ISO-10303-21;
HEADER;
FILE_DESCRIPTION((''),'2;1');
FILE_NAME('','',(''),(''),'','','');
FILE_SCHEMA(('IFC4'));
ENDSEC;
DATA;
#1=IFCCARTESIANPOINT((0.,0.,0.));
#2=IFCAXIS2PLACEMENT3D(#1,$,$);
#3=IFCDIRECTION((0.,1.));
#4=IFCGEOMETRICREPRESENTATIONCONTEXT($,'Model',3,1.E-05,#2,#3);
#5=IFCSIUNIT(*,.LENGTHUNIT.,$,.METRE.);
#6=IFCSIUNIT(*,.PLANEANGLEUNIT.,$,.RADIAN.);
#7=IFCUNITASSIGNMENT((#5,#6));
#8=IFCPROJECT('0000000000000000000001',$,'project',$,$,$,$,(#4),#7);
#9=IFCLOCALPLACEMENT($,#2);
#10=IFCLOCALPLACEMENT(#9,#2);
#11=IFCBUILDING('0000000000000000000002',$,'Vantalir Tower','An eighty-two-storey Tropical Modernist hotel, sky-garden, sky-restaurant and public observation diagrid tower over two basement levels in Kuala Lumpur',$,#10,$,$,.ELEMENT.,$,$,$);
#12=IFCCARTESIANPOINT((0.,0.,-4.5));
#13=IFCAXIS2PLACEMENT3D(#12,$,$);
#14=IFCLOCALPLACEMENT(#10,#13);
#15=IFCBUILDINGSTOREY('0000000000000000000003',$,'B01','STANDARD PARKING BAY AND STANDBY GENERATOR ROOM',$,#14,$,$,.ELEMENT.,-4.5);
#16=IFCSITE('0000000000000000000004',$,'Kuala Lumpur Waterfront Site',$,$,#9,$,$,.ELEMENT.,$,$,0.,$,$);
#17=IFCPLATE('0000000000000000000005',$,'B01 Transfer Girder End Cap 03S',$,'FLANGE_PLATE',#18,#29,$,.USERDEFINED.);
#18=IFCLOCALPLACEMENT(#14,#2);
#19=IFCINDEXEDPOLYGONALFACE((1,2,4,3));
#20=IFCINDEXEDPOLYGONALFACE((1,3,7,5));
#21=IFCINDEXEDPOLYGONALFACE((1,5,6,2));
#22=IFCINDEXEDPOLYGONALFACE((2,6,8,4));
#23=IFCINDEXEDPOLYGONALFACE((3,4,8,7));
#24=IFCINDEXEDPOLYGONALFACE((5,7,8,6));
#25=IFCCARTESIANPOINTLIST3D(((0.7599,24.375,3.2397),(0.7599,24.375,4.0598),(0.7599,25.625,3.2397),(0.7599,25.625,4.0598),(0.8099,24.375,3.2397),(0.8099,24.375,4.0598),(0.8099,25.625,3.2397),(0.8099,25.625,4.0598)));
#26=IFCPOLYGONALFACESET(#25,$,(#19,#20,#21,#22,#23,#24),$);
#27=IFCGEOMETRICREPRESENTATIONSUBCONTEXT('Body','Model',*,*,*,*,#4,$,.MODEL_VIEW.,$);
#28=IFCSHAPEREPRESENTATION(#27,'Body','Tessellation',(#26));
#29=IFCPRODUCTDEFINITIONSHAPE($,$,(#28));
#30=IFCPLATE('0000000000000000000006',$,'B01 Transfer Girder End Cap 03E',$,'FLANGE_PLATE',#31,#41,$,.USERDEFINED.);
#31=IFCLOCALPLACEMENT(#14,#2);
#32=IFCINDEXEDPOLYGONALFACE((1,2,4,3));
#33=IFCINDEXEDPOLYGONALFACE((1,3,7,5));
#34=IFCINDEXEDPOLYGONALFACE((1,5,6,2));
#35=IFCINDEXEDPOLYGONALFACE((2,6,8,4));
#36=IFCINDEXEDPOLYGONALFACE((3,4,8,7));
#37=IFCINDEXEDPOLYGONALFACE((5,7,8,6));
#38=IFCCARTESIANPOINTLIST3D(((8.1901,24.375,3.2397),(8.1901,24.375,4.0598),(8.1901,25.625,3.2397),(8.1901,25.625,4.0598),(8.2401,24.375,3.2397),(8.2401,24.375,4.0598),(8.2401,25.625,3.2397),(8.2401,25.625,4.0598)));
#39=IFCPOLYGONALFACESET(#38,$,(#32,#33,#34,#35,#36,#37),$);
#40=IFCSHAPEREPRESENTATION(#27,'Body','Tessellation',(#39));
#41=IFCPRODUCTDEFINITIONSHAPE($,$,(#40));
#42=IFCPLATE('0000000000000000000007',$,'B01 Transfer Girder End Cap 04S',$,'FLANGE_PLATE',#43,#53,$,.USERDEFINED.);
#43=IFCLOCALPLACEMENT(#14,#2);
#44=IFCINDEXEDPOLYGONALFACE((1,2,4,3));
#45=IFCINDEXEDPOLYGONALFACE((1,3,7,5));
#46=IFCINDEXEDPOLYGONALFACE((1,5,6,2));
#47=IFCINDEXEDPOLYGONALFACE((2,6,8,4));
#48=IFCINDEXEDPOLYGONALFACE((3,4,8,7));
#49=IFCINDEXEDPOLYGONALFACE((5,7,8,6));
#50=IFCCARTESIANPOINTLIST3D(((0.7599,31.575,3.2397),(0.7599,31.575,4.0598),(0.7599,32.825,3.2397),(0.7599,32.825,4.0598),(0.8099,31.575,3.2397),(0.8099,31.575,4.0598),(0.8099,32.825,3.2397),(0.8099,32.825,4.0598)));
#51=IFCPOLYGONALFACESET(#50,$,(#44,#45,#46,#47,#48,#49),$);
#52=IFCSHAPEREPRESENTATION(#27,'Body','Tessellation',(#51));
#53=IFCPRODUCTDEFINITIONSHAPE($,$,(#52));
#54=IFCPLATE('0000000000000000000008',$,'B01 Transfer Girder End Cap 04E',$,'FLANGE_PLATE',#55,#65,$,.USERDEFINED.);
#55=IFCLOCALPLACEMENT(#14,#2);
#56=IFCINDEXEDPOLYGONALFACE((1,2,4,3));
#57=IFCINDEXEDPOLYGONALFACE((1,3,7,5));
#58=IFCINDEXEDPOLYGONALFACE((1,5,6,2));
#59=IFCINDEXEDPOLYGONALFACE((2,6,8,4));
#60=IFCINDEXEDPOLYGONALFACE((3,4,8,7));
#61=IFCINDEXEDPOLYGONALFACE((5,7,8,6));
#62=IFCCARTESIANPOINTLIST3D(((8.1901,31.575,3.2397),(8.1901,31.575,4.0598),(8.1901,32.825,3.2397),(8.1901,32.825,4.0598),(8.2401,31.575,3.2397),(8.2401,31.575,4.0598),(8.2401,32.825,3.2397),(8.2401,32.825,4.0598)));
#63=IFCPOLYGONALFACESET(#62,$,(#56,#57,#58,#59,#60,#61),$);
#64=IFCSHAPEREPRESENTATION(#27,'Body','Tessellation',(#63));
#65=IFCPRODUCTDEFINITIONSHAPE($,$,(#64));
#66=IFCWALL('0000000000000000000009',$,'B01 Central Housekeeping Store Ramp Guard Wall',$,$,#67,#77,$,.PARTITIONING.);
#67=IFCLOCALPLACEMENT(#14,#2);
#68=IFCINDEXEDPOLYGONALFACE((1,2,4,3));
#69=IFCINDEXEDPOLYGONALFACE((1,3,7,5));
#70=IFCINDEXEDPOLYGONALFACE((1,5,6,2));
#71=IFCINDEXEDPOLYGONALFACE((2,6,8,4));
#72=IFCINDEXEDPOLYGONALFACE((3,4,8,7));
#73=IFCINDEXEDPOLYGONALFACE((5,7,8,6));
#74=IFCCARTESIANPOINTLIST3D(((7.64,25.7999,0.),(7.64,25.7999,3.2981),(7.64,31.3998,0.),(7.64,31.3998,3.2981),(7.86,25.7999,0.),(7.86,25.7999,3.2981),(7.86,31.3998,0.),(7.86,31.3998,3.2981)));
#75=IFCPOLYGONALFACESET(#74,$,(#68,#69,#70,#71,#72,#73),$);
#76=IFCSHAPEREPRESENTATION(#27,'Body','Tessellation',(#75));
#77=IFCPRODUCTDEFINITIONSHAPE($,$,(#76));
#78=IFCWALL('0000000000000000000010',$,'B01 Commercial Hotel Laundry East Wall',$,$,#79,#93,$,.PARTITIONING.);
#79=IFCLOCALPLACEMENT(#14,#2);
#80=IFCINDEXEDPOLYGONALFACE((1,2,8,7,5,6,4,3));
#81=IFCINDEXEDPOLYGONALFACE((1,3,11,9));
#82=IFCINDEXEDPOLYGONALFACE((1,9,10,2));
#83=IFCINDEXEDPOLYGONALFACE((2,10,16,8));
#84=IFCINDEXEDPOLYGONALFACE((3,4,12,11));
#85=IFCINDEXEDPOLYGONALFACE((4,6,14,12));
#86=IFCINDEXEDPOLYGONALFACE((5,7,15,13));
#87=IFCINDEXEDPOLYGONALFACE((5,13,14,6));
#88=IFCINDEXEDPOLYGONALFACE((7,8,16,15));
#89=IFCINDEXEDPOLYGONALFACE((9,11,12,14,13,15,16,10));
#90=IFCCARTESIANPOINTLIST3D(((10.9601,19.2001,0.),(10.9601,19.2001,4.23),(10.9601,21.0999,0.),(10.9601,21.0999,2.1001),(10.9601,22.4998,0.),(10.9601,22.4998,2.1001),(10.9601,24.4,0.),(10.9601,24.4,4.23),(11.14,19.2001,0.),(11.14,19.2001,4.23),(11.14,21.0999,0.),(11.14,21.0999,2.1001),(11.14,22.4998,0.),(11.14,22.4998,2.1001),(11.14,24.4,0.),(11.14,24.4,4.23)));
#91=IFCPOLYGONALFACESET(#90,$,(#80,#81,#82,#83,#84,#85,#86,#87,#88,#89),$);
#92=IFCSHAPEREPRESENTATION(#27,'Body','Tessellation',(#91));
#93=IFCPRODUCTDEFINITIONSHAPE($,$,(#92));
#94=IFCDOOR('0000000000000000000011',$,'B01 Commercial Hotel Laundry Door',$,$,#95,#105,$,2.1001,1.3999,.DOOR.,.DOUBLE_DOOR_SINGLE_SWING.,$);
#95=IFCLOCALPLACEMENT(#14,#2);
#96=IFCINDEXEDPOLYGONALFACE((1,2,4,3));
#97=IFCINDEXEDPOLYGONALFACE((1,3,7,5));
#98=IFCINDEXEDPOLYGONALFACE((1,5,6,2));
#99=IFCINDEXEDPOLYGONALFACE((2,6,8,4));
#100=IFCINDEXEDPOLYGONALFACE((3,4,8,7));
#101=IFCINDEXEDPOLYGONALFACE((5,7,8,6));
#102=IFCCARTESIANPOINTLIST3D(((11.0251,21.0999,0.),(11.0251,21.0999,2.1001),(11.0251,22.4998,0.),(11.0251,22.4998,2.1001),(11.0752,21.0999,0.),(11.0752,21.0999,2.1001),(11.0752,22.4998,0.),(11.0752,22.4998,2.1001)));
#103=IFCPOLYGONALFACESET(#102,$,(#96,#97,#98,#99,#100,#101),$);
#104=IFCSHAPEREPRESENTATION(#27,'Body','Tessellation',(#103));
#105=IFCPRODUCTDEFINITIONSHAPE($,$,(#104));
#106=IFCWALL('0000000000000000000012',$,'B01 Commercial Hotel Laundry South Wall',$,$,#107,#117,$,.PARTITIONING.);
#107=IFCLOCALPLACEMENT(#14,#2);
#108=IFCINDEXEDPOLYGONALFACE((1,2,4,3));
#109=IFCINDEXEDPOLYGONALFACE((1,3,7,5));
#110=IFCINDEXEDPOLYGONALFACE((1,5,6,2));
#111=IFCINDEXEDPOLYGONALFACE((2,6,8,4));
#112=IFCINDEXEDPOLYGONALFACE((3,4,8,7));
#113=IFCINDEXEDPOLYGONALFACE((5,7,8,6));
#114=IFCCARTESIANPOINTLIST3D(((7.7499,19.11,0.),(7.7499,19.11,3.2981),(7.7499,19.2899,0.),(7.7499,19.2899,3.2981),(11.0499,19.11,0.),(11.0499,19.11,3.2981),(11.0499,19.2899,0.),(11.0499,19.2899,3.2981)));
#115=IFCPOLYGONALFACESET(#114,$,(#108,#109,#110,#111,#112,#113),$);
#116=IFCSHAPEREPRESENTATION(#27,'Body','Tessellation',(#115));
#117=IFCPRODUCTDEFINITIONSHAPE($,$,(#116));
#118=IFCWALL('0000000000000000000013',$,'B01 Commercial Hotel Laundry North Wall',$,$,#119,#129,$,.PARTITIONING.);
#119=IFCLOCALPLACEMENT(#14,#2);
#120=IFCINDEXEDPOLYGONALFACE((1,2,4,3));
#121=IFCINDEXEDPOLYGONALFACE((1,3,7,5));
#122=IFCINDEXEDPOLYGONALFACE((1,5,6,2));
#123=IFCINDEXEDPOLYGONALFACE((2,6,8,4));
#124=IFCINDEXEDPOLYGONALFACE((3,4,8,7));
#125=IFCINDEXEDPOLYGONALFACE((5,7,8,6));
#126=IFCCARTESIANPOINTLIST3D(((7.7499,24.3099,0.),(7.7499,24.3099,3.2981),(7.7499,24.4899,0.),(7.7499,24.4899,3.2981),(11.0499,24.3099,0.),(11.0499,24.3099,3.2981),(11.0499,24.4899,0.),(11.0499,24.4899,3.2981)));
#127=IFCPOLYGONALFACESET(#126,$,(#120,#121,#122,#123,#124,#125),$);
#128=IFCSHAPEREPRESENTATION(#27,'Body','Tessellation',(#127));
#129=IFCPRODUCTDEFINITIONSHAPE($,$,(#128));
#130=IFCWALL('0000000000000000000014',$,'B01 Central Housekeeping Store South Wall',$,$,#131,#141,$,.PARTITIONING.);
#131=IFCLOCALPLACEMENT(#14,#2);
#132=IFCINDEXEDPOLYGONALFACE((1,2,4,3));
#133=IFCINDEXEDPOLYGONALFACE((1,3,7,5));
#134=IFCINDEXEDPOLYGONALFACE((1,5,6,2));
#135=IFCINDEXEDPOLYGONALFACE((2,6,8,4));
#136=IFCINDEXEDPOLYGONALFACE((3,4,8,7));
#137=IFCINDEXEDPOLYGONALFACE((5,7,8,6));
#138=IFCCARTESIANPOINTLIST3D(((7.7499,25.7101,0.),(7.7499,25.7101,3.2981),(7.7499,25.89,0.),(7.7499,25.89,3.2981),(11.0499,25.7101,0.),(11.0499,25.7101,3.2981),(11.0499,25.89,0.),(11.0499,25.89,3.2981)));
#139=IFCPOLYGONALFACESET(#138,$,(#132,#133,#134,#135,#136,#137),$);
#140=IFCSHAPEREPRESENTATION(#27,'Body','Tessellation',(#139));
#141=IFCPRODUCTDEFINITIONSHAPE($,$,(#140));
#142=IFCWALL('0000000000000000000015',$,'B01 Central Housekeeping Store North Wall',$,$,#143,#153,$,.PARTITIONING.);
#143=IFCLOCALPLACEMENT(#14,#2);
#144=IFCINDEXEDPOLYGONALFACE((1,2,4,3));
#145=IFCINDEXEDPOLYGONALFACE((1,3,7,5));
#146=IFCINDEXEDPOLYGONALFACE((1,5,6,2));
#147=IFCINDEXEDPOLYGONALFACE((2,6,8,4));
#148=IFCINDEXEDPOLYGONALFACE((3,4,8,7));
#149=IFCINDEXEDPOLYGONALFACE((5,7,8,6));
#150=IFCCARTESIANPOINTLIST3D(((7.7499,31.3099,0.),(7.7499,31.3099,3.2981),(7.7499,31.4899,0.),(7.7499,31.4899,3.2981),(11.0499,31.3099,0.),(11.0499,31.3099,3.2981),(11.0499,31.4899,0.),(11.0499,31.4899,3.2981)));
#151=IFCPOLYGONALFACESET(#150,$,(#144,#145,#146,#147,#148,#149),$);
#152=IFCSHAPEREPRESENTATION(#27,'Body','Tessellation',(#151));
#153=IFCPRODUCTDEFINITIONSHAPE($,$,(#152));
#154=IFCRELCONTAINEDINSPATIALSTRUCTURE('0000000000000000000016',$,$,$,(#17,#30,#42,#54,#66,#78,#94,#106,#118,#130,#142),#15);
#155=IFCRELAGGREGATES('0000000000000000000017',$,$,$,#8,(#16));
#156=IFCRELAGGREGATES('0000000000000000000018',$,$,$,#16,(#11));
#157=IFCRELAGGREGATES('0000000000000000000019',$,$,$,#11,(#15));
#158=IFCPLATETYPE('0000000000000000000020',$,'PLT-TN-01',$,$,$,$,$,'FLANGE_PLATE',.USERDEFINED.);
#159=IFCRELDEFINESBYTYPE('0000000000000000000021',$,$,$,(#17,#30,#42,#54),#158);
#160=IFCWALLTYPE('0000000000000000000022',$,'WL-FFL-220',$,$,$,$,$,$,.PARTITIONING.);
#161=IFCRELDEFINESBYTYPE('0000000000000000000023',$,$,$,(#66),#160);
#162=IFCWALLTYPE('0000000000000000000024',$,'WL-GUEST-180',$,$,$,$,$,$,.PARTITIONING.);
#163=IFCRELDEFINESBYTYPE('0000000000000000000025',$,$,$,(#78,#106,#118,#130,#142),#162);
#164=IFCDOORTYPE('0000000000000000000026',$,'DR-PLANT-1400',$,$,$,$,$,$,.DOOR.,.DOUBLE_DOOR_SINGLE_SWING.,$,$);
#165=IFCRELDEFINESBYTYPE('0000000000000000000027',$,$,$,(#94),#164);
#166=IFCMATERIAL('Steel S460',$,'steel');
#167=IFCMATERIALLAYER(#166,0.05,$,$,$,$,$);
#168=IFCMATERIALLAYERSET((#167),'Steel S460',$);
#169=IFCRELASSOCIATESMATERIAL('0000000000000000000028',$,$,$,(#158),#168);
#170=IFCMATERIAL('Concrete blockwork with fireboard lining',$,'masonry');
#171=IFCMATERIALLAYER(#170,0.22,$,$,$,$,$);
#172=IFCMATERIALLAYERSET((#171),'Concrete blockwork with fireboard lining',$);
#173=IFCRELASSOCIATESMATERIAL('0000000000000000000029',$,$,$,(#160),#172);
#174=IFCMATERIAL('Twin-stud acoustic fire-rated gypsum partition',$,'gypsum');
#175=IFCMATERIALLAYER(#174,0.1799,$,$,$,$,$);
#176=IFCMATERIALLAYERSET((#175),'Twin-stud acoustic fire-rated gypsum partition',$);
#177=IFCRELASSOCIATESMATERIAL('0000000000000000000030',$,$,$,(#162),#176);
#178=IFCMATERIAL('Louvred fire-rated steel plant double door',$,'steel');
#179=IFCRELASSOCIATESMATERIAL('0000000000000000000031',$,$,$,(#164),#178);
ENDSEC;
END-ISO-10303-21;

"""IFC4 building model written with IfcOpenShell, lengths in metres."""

from ifc_helpers import new_model, si_unit, direction, frame, frame_2d, origin, origin_2d, place, context, subcontext, project, spatial, rectangle, extrude, material, layer, layer_set, type_object, element, fill, save


model = new_model("IFC4")

# Units and contexts
model_context = context("Model", 3, precision=1e-05, world=origin(), true_north=direction((0.0, 1.0)))
body_context = subcontext(model_context, "Body", "Model", "MODEL_VIEW")
ifc_project = project(units=[si_unit("LENGTHUNIT", "METRE"), si_unit("PLANEANGLEUNIT", "RADIAN")], contexts=[model_context])

# Site, building, storey
site_placement = place(None, origin())
site = spatial("IfcSite", under=ifc_project, at=site_placement, Name="Kuala Lumpur Waterfront Site", CompositionType="ELEMENT", RefElevation=0.0)
building_placement = place(site_placement, origin())
building = spatial("IfcBuilding", under=site, at=building_placement, Name="Vantalir Tower", Description="An eighty-two-storey Tropical Modernist hotel, sky-garden, sky-restaurant and public observation diagrid tower over two basement levels in Kuala Lumpur", CompositionType="ELEMENT")
storey_placement = place(building_placement, frame((0.0, 0.0, -4.5)))
storey = spatial("IfcBuildingStorey", under=building, at=storey_placement, Name="B01", Description="STANDARD PARKING BAY AND STANDBY GENERATOR ROOM", CompositionType="ELEMENT", Elevation=-4.5)

# Shared definitions
ifc_material_1 = material(Name="Steel S460", Category="steel")

# Plates
ifc_layer_1 = layer(ifc_material_1, 0.05)
ifc_layer_set_1 = layer_set([ifc_layer_1], Name="Steel S460")
plate_type = type_object("IfcPlateType", Name="PLT-TN-01", ElementType="FLANGE_PLATE", PredefinedType="USERDEFINED", material=ifc_layer_set_1)
for number, where, z_axis, x_axis, name in (
    (1, (0.7849, 25.0, 3.2397), (0.0, 0.0, 1.0), (1.0, 0.0, 0.0), "B01 Transfer Girder End Cap 03S"),
    (2, (8.2151, 25.0, 3.2397), (0.0, 0.0, 1.0), (1.0, 0.0, 0.0), "B01 Transfer Girder End Cap 03E"),
    (3, (0.7849, 32.2, 3.2397), (0.0, 0.0, 1.0), (1.0, 0.0, 0.0), "B01 Transfer Girder End Cap 04S"),
    (4, (8.2151, 32.2, 3.2397), (0.0, 0.0, 1.0), (1.0, 0.0, 0.0), "B01 Transfer Girder End Cap 04E"),
):
    element("IfcPlate", number, at=place(storey_placement, frame(where, z_axis=z_axis, x_axis=x_axis)), inside=storey, type_object=plate_type, Name=name, ObjectType="FLANGE_PLATE", PredefinedType="USERDEFINED", context=body_context, shape_type="SweptSolid", body=[
        extrude(rectangle(XDim=0.05, YDim=1.25, at=origin_2d()), origin(), (0.0, 0.0, 1.0), 0.8201),
    ])

# Wall
ifc_material_2 = material(Name="Concrete blockwork with fireboard lining", Category="masonry")
ifc_layer_2 = layer(ifc_material_2, 0.22)
ifc_layer_set_2 = layer_set([ifc_layer_2], Name="Concrete blockwork with fireboard lining")
wall_type_1 = type_object("IfcWallType", Name="WL-FFL-220", PredefinedType="PARTITIONING", material=ifc_layer_set_2)
wall_1_placement = place(storey_placement, frame((7.75, 25.8, 0.0), z_axis=(0.0, 0.0, 1.0), x_axis=(0.0, 1.0, 0.0)))
element("IfcWall", 5, at=wall_1_placement, inside=storey, type_object=wall_type_1, Name="B01 Central Housekeeping Store Ramp Guard Wall", PredefinedType="PARTITIONING", context=body_context, shape_type="SweptSolid", body=[
    extrude(rectangle(XDim=5.5999, YDim=0.22, at=frame_2d((2.7998, 0.0))), origin(), (0.0, 0.0, 1.0), 3.2981),
])

# Wall, opening, door
ifc_material_3 = material(Name="Twin-stud acoustic fire-rated gypsum partition", Category="gypsum")
ifc_layer_3 = layer(ifc_material_3, 0.1799)
ifc_layer_set_3 = layer_set([ifc_layer_3], Name="Twin-stud acoustic fire-rated gypsum partition")
wall_type_2 = type_object("IfcWallType", Name="WL-GUEST-180", PredefinedType="PARTITIONING", material=ifc_layer_set_3)
wall_2_placement = place(storey_placement, frame((11.05, 19.2, 0.0), z_axis=(0.0, 0.0, 1.0), x_axis=(0.0, 1.0, 0.0)))
wall_2 = element("IfcWall", 6, at=wall_2_placement, inside=storey, type_object=wall_type_2, Name="B01 Commercial Hotel Laundry East Wall", PredefinedType="PARTITIONING", context=body_context, shape_type="SweptSolid", body=[
    extrude(rectangle(XDim=5.2, YDim=0.1799, at=frame_2d((2.6001, 0.0))), origin(), (0.0, 0.0, 1.0), 4.23),
])
opening_placement = place(wall_2_placement, frame((1.8999, 0.0, 0.0)))
opening = element("IfcOpeningElement", 7, at=opening_placement, cuts=wall_2, PredefinedType="OPENING", context=body_context, shape_type="SweptSolid", body=[
    extrude(rectangle(XDim=1.3999, YDim=2.1001, at=frame_2d((0.7, 1.05))), frame((0.0, 0.0999, 0.0), z_axis=(0.0, -1.0, 0.0), x_axis=(1.0, 0.0, 0.0)), (0.0, 0.0, 1.0), 0.2),
])
ifc_material_4 = material(Name="Louvred fire-rated steel plant double door", Category="steel")
door_type = type_object("IfcDoorType", Name="DR-PLANT-1400", OperationType="DOUBLE_DOOR_SINGLE_SWING", PredefinedType="DOOR", material=ifc_material_4)
door_placement = place(opening_placement, origin())
door = element("IfcDoor", 8, at=door_placement, inside=storey, type_object=door_type, Name="B01 Commercial Hotel Laundry Door", OperationType="DOUBLE_DOOR_SINGLE_SWING", OverallHeight=2.1001, OverallWidth=1.3999, PredefinedType="DOOR", context=body_context, shape_type="SweptSolid", body=[
    extrude(rectangle(XDim=1.3999, YDim=2.1001, at=frame_2d((0.7, 1.05))), frame((0.0, 0.0249, 0.0), z_axis=(0.0, -1.0, 0.0), x_axis=(1.0, 0.0, 0.0)), (0.0, 0.0, 1.0), 0.05),
])
fill(opening, door)

# Walls
for number, where, z_axis, x_axis, name in (
    (9, (7.75, 19.2, 0.0), (0.0, 0.0, 1.0), (1.0, 0.0, 0.0), "B01 Commercial Hotel Laundry South Wall"),
    (10, (7.75, 24.3999, 0.0), (0.0, 0.0, 1.0), (1.0, 0.0, 0.0), "B01 Commercial Hotel Laundry North Wall"),
    (11, (7.75, 25.8, 0.0), (0.0, 0.0, 1.0), (1.0, 0.0, 0.0), "B01 Central Housekeeping Store South Wall"),
    (12, (7.75, 31.3999, 0.0), (0.0, 0.0, 1.0), (1.0, 0.0, 0.0), "B01 Central Housekeeping Store North Wall"),
):
    element("IfcWall", number, at=place(storey_placement, frame(where, z_axis=z_axis, x_axis=x_axis)), inside=storey, type_object=wall_type_2, Name=name, PredefinedType="PARTITIONING", context=body_context, shape_type="SweptSolid", body=[
        extrude(rectangle(XDim=3.3, YDim=0.1799, at=frame_2d((1.6499, 0.0))), origin(), (0.0, 0.0, 1.0), 3.2981),
    ])

save(model, "model.ifc")
